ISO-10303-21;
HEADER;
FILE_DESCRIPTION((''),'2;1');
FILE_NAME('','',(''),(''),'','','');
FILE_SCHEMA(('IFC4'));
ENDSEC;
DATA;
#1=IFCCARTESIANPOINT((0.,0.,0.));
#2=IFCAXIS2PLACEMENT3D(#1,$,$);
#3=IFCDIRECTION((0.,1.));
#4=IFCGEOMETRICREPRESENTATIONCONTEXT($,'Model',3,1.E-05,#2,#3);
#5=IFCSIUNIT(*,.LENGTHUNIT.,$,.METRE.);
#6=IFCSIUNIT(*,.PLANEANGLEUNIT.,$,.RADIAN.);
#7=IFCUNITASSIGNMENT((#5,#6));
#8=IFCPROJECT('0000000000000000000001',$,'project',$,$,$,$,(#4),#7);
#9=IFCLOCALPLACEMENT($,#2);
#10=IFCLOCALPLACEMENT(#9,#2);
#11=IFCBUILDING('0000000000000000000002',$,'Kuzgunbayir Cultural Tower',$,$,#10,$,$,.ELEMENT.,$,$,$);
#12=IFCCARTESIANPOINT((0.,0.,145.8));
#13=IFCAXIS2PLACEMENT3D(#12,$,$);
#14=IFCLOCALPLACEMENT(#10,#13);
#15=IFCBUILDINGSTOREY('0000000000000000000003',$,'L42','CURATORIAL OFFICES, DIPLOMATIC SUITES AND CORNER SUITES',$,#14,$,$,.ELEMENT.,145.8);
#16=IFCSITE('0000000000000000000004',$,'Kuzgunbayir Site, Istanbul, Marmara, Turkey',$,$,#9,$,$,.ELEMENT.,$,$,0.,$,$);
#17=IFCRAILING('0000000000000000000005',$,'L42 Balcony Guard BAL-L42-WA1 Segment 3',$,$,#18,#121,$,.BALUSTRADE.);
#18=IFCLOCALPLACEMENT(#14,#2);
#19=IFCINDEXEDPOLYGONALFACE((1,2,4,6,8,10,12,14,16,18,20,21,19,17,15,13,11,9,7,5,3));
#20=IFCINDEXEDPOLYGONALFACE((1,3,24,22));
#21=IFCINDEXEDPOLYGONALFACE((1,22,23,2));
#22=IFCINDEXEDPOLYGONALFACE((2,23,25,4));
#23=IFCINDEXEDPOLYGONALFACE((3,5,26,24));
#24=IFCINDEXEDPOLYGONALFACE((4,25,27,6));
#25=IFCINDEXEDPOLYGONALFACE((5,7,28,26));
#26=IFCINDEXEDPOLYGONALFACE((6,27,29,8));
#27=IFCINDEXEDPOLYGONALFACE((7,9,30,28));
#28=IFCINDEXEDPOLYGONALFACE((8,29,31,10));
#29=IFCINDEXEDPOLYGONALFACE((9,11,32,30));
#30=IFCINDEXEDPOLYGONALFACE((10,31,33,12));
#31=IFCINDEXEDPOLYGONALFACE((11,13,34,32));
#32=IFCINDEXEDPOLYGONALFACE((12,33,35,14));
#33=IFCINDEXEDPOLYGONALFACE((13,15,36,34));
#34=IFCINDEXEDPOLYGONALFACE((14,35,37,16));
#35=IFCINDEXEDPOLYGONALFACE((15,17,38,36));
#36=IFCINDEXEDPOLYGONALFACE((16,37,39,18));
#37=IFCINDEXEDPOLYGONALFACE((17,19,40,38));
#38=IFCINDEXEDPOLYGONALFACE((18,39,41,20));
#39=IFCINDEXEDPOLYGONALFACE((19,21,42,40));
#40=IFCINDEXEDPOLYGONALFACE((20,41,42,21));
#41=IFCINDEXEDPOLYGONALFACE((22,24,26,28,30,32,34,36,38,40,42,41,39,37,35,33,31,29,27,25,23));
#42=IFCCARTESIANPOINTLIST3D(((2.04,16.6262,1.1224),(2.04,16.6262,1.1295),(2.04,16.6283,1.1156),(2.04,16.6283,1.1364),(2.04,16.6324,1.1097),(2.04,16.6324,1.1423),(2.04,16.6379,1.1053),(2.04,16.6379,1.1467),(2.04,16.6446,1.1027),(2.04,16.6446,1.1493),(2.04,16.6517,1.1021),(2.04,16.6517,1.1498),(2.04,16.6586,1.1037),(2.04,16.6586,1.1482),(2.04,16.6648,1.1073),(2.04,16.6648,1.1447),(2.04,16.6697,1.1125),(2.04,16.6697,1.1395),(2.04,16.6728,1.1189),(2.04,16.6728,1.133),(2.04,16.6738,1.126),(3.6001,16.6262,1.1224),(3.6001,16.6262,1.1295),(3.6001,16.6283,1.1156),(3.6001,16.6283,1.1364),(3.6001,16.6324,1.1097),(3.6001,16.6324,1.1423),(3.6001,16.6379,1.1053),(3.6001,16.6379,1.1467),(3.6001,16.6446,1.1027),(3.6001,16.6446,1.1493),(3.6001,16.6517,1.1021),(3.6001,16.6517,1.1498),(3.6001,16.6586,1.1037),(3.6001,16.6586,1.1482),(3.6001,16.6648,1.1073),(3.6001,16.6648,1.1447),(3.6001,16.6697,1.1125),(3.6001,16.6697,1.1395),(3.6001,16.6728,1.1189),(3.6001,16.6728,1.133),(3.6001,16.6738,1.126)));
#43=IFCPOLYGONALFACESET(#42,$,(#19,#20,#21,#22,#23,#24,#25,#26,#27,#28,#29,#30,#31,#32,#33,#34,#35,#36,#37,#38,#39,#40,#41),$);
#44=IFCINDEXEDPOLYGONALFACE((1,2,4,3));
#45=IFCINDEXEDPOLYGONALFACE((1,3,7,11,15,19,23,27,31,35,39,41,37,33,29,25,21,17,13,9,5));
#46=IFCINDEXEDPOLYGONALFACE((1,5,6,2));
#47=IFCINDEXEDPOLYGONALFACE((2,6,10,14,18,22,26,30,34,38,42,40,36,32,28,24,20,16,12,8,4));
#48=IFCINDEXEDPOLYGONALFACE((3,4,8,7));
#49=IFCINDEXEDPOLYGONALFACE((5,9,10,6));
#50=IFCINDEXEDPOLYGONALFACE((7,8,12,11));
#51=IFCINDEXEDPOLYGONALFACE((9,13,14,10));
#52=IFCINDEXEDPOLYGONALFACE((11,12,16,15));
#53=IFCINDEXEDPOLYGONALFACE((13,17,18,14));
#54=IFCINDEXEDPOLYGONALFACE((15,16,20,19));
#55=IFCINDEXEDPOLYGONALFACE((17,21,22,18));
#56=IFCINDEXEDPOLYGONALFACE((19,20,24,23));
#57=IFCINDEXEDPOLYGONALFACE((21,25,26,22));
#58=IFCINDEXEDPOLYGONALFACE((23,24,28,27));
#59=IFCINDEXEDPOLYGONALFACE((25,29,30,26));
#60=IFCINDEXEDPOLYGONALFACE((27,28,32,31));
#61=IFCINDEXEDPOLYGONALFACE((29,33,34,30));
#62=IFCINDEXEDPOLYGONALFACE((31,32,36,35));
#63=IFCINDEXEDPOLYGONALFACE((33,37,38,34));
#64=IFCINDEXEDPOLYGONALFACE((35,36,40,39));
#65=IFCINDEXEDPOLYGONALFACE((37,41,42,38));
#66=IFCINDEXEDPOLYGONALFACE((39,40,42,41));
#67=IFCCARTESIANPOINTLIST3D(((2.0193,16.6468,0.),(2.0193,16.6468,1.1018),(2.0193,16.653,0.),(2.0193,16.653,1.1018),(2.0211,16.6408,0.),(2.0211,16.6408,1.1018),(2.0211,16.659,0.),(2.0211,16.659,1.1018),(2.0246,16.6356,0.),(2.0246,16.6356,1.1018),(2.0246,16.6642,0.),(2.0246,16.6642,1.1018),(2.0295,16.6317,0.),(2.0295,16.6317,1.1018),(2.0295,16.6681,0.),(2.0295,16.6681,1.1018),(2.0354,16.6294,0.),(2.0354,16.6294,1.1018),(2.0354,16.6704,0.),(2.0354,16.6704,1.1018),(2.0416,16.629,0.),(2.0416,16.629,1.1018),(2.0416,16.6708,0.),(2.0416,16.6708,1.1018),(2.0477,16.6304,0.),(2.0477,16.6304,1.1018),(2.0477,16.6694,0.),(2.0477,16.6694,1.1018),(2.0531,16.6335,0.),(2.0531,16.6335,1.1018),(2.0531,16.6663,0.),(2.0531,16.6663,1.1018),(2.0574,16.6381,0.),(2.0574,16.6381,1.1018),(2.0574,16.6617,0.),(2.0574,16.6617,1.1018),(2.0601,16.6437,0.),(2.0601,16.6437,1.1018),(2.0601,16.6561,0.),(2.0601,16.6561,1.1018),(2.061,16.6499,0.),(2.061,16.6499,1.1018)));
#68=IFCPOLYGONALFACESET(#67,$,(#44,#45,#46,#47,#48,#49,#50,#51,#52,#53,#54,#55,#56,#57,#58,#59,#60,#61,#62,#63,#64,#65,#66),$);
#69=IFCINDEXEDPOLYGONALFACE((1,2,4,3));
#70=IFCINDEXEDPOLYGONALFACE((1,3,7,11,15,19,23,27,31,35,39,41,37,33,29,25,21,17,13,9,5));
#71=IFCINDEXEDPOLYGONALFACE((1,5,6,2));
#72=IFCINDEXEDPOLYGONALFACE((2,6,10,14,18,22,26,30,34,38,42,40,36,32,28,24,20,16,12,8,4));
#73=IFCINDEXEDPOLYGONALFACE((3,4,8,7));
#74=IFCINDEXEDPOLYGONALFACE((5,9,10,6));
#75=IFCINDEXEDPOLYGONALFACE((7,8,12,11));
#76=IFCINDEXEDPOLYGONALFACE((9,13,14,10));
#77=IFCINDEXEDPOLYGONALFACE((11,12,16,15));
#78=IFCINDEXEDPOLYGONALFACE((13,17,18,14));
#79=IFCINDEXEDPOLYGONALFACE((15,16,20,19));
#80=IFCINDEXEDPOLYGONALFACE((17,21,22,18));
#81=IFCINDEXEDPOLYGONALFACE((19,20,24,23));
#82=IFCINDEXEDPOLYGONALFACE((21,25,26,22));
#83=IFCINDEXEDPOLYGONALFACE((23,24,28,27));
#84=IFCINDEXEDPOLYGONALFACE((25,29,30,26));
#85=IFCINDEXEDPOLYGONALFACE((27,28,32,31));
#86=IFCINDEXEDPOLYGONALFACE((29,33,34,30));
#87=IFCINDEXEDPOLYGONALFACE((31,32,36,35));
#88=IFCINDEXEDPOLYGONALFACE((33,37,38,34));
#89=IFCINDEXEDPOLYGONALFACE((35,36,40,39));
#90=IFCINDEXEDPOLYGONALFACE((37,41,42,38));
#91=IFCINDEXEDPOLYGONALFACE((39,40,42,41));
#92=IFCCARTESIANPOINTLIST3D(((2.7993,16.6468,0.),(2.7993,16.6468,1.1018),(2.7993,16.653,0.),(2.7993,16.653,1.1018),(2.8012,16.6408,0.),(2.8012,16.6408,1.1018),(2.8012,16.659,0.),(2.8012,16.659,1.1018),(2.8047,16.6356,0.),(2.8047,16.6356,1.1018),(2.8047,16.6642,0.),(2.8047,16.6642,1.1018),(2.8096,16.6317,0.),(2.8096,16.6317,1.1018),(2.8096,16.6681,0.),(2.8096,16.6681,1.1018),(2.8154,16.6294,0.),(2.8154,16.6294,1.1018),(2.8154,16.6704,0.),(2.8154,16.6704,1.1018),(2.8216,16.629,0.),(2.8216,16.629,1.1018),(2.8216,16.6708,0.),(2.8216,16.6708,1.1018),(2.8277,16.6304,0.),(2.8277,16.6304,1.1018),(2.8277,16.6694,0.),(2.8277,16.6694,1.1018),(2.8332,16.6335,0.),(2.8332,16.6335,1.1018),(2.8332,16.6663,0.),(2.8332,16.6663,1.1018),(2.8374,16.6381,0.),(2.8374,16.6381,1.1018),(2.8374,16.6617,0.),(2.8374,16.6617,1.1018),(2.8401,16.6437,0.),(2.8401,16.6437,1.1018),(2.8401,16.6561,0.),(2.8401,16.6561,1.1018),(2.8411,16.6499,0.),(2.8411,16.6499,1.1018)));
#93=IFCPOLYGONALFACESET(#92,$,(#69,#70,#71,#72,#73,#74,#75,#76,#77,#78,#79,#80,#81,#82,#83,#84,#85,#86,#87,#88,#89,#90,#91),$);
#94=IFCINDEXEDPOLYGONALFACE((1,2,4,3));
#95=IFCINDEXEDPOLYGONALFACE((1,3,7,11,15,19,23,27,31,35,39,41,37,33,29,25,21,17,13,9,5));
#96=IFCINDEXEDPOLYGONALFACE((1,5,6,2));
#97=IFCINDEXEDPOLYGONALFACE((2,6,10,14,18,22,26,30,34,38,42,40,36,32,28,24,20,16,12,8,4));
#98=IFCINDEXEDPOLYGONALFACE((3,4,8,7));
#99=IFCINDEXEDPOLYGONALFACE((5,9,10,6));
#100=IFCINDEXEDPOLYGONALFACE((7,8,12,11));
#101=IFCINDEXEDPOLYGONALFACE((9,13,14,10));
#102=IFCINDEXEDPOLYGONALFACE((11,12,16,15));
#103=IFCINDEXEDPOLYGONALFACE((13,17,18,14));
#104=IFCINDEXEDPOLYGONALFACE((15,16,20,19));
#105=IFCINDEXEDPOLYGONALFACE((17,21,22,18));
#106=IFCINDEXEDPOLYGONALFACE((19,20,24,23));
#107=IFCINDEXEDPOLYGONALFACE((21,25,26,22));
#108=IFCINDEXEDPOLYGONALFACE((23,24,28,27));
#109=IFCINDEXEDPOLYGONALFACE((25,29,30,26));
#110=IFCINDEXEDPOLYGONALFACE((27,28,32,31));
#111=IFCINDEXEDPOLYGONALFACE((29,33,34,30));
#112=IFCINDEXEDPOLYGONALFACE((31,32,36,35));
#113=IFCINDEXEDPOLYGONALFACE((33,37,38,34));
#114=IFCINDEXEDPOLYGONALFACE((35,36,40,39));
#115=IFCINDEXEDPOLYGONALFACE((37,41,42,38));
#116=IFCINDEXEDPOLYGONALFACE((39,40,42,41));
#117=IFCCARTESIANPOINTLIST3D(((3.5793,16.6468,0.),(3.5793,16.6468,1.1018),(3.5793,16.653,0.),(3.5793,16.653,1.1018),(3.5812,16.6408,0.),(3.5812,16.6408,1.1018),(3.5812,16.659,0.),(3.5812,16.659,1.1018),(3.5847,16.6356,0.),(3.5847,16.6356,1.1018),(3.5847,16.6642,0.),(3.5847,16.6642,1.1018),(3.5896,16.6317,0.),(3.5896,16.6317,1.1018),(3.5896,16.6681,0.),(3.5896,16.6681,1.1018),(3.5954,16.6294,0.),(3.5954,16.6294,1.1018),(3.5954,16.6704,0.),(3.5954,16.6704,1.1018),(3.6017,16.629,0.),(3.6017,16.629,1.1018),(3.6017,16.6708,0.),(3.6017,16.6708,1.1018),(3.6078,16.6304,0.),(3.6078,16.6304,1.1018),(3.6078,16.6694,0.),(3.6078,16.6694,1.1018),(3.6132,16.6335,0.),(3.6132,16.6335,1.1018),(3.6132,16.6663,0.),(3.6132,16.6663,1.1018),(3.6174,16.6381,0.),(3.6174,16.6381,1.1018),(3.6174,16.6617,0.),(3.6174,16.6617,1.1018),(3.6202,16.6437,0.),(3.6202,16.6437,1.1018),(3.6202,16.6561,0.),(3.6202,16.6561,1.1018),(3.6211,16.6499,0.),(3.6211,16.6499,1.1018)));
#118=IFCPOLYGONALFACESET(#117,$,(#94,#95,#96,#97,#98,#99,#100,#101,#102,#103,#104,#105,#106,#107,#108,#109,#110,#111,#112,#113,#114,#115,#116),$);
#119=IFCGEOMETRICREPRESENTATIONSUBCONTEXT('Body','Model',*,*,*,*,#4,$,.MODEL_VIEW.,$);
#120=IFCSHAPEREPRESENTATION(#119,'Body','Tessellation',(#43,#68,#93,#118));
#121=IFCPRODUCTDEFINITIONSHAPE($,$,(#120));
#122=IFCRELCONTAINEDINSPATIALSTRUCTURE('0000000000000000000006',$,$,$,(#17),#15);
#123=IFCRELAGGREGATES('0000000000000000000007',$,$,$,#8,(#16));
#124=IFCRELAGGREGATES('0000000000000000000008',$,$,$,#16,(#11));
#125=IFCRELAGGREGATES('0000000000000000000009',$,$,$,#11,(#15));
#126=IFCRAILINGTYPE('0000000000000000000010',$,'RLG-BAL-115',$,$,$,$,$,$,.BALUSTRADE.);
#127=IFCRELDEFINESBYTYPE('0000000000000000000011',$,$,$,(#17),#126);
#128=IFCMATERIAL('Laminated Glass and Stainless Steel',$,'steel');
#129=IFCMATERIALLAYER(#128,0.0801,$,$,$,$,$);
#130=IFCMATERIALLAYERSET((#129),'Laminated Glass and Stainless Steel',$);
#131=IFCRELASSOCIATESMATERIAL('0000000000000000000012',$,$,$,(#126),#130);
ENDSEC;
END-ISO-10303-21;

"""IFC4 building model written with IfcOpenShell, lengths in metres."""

from ifc_helpers import new_model, si_unit, direction, frame, origin, origin_2d, place, context, subcontext, project, spatial, circle, extrude, material, layer, layer_set, type_object, element, save


model = new_model("IFC4")

# Units and contexts
model_context = context("Model", 3, precision=1e-05, world=origin(), true_north=direction((0.0, 1.0)))
body_context = subcontext(model_context, "Body", "Model", "MODEL_VIEW")
ifc_project = project(units=[si_unit("LENGTHUNIT", "METRE"), si_unit("PLANEANGLEUNIT", "RADIAN")], contexts=[model_context])

# Site, building, storey
site_placement = place(None, origin())
site = spatial("IfcSite", under=ifc_project, at=site_placement, Name="Kuzgunbayir Site, Istanbul, Marmara, Turkey", CompositionType="ELEMENT", RefElevation=0.0)
building_placement = place(site_placement, origin())
building = spatial("IfcBuilding", under=site, at=building_placement, Name="Kuzgunbayir Cultural Tower", CompositionType="ELEMENT")
storey_placement = place(building_placement, frame((0.0, 0.0, 145.8)))
storey = spatial("IfcBuildingStorey", under=building, at=storey_placement, Name="L42", Description="CURATORIAL OFFICES, DIPLOMATIC SUITES AND CORNER SUITES", CompositionType="ELEMENT", Elevation=145.8)

# Railing
ifc_material_1 = material(Name="Laminated Glass and Stainless Steel", Category="steel")
ifc_layer_1 = layer(ifc_material_1, 0.0801)
ifc_layer_set_1 = layer_set([ifc_layer_1], Name="Laminated Glass and Stainless Steel")
railing_type = type_object("IfcRailingType", Name="RLG-BAL-115", PredefinedType="BALUSTRADE", material=ifc_layer_set_1)
railing_1_placement = place(storey_placement, frame((2.04, 16.6499, 0.0)))
element("IfcRailing", 1, at=railing_1_placement, inside=storey, type_object=railing_type, Name="L42 Balcony Guard BAL-L42-WA1 Segment 3", PredefinedType="BALUSTRADE", context=body_context, shape_type="SweptSolid", body=[
    extrude(circle(Radius=0.0239, at=origin_2d()), frame((0.0, 0.0, 1.126), z_axis=(1.0, 0.0, 0.0), x_axis=(0.0, 1.0, 0.0)), (0.0, 0.0, 1.0), 1.5601),
    extrude(circle(Radius=0.021, at=origin_2d()), origin(), (0.0, 0.0, 1.0), 1.1018),
    extrude(circle(Radius=0.021, at=origin_2d()), frame((0.78, 0.0, 0.0)), (0.0, 0.0, 1.0), 1.1018),
    extrude(circle(Radius=0.021, at=origin_2d()), frame((1.5601, 0.0, 0.0)), (0.0, 0.0, 1.0), 1.1018),
])

save(model, "model.ifc")
